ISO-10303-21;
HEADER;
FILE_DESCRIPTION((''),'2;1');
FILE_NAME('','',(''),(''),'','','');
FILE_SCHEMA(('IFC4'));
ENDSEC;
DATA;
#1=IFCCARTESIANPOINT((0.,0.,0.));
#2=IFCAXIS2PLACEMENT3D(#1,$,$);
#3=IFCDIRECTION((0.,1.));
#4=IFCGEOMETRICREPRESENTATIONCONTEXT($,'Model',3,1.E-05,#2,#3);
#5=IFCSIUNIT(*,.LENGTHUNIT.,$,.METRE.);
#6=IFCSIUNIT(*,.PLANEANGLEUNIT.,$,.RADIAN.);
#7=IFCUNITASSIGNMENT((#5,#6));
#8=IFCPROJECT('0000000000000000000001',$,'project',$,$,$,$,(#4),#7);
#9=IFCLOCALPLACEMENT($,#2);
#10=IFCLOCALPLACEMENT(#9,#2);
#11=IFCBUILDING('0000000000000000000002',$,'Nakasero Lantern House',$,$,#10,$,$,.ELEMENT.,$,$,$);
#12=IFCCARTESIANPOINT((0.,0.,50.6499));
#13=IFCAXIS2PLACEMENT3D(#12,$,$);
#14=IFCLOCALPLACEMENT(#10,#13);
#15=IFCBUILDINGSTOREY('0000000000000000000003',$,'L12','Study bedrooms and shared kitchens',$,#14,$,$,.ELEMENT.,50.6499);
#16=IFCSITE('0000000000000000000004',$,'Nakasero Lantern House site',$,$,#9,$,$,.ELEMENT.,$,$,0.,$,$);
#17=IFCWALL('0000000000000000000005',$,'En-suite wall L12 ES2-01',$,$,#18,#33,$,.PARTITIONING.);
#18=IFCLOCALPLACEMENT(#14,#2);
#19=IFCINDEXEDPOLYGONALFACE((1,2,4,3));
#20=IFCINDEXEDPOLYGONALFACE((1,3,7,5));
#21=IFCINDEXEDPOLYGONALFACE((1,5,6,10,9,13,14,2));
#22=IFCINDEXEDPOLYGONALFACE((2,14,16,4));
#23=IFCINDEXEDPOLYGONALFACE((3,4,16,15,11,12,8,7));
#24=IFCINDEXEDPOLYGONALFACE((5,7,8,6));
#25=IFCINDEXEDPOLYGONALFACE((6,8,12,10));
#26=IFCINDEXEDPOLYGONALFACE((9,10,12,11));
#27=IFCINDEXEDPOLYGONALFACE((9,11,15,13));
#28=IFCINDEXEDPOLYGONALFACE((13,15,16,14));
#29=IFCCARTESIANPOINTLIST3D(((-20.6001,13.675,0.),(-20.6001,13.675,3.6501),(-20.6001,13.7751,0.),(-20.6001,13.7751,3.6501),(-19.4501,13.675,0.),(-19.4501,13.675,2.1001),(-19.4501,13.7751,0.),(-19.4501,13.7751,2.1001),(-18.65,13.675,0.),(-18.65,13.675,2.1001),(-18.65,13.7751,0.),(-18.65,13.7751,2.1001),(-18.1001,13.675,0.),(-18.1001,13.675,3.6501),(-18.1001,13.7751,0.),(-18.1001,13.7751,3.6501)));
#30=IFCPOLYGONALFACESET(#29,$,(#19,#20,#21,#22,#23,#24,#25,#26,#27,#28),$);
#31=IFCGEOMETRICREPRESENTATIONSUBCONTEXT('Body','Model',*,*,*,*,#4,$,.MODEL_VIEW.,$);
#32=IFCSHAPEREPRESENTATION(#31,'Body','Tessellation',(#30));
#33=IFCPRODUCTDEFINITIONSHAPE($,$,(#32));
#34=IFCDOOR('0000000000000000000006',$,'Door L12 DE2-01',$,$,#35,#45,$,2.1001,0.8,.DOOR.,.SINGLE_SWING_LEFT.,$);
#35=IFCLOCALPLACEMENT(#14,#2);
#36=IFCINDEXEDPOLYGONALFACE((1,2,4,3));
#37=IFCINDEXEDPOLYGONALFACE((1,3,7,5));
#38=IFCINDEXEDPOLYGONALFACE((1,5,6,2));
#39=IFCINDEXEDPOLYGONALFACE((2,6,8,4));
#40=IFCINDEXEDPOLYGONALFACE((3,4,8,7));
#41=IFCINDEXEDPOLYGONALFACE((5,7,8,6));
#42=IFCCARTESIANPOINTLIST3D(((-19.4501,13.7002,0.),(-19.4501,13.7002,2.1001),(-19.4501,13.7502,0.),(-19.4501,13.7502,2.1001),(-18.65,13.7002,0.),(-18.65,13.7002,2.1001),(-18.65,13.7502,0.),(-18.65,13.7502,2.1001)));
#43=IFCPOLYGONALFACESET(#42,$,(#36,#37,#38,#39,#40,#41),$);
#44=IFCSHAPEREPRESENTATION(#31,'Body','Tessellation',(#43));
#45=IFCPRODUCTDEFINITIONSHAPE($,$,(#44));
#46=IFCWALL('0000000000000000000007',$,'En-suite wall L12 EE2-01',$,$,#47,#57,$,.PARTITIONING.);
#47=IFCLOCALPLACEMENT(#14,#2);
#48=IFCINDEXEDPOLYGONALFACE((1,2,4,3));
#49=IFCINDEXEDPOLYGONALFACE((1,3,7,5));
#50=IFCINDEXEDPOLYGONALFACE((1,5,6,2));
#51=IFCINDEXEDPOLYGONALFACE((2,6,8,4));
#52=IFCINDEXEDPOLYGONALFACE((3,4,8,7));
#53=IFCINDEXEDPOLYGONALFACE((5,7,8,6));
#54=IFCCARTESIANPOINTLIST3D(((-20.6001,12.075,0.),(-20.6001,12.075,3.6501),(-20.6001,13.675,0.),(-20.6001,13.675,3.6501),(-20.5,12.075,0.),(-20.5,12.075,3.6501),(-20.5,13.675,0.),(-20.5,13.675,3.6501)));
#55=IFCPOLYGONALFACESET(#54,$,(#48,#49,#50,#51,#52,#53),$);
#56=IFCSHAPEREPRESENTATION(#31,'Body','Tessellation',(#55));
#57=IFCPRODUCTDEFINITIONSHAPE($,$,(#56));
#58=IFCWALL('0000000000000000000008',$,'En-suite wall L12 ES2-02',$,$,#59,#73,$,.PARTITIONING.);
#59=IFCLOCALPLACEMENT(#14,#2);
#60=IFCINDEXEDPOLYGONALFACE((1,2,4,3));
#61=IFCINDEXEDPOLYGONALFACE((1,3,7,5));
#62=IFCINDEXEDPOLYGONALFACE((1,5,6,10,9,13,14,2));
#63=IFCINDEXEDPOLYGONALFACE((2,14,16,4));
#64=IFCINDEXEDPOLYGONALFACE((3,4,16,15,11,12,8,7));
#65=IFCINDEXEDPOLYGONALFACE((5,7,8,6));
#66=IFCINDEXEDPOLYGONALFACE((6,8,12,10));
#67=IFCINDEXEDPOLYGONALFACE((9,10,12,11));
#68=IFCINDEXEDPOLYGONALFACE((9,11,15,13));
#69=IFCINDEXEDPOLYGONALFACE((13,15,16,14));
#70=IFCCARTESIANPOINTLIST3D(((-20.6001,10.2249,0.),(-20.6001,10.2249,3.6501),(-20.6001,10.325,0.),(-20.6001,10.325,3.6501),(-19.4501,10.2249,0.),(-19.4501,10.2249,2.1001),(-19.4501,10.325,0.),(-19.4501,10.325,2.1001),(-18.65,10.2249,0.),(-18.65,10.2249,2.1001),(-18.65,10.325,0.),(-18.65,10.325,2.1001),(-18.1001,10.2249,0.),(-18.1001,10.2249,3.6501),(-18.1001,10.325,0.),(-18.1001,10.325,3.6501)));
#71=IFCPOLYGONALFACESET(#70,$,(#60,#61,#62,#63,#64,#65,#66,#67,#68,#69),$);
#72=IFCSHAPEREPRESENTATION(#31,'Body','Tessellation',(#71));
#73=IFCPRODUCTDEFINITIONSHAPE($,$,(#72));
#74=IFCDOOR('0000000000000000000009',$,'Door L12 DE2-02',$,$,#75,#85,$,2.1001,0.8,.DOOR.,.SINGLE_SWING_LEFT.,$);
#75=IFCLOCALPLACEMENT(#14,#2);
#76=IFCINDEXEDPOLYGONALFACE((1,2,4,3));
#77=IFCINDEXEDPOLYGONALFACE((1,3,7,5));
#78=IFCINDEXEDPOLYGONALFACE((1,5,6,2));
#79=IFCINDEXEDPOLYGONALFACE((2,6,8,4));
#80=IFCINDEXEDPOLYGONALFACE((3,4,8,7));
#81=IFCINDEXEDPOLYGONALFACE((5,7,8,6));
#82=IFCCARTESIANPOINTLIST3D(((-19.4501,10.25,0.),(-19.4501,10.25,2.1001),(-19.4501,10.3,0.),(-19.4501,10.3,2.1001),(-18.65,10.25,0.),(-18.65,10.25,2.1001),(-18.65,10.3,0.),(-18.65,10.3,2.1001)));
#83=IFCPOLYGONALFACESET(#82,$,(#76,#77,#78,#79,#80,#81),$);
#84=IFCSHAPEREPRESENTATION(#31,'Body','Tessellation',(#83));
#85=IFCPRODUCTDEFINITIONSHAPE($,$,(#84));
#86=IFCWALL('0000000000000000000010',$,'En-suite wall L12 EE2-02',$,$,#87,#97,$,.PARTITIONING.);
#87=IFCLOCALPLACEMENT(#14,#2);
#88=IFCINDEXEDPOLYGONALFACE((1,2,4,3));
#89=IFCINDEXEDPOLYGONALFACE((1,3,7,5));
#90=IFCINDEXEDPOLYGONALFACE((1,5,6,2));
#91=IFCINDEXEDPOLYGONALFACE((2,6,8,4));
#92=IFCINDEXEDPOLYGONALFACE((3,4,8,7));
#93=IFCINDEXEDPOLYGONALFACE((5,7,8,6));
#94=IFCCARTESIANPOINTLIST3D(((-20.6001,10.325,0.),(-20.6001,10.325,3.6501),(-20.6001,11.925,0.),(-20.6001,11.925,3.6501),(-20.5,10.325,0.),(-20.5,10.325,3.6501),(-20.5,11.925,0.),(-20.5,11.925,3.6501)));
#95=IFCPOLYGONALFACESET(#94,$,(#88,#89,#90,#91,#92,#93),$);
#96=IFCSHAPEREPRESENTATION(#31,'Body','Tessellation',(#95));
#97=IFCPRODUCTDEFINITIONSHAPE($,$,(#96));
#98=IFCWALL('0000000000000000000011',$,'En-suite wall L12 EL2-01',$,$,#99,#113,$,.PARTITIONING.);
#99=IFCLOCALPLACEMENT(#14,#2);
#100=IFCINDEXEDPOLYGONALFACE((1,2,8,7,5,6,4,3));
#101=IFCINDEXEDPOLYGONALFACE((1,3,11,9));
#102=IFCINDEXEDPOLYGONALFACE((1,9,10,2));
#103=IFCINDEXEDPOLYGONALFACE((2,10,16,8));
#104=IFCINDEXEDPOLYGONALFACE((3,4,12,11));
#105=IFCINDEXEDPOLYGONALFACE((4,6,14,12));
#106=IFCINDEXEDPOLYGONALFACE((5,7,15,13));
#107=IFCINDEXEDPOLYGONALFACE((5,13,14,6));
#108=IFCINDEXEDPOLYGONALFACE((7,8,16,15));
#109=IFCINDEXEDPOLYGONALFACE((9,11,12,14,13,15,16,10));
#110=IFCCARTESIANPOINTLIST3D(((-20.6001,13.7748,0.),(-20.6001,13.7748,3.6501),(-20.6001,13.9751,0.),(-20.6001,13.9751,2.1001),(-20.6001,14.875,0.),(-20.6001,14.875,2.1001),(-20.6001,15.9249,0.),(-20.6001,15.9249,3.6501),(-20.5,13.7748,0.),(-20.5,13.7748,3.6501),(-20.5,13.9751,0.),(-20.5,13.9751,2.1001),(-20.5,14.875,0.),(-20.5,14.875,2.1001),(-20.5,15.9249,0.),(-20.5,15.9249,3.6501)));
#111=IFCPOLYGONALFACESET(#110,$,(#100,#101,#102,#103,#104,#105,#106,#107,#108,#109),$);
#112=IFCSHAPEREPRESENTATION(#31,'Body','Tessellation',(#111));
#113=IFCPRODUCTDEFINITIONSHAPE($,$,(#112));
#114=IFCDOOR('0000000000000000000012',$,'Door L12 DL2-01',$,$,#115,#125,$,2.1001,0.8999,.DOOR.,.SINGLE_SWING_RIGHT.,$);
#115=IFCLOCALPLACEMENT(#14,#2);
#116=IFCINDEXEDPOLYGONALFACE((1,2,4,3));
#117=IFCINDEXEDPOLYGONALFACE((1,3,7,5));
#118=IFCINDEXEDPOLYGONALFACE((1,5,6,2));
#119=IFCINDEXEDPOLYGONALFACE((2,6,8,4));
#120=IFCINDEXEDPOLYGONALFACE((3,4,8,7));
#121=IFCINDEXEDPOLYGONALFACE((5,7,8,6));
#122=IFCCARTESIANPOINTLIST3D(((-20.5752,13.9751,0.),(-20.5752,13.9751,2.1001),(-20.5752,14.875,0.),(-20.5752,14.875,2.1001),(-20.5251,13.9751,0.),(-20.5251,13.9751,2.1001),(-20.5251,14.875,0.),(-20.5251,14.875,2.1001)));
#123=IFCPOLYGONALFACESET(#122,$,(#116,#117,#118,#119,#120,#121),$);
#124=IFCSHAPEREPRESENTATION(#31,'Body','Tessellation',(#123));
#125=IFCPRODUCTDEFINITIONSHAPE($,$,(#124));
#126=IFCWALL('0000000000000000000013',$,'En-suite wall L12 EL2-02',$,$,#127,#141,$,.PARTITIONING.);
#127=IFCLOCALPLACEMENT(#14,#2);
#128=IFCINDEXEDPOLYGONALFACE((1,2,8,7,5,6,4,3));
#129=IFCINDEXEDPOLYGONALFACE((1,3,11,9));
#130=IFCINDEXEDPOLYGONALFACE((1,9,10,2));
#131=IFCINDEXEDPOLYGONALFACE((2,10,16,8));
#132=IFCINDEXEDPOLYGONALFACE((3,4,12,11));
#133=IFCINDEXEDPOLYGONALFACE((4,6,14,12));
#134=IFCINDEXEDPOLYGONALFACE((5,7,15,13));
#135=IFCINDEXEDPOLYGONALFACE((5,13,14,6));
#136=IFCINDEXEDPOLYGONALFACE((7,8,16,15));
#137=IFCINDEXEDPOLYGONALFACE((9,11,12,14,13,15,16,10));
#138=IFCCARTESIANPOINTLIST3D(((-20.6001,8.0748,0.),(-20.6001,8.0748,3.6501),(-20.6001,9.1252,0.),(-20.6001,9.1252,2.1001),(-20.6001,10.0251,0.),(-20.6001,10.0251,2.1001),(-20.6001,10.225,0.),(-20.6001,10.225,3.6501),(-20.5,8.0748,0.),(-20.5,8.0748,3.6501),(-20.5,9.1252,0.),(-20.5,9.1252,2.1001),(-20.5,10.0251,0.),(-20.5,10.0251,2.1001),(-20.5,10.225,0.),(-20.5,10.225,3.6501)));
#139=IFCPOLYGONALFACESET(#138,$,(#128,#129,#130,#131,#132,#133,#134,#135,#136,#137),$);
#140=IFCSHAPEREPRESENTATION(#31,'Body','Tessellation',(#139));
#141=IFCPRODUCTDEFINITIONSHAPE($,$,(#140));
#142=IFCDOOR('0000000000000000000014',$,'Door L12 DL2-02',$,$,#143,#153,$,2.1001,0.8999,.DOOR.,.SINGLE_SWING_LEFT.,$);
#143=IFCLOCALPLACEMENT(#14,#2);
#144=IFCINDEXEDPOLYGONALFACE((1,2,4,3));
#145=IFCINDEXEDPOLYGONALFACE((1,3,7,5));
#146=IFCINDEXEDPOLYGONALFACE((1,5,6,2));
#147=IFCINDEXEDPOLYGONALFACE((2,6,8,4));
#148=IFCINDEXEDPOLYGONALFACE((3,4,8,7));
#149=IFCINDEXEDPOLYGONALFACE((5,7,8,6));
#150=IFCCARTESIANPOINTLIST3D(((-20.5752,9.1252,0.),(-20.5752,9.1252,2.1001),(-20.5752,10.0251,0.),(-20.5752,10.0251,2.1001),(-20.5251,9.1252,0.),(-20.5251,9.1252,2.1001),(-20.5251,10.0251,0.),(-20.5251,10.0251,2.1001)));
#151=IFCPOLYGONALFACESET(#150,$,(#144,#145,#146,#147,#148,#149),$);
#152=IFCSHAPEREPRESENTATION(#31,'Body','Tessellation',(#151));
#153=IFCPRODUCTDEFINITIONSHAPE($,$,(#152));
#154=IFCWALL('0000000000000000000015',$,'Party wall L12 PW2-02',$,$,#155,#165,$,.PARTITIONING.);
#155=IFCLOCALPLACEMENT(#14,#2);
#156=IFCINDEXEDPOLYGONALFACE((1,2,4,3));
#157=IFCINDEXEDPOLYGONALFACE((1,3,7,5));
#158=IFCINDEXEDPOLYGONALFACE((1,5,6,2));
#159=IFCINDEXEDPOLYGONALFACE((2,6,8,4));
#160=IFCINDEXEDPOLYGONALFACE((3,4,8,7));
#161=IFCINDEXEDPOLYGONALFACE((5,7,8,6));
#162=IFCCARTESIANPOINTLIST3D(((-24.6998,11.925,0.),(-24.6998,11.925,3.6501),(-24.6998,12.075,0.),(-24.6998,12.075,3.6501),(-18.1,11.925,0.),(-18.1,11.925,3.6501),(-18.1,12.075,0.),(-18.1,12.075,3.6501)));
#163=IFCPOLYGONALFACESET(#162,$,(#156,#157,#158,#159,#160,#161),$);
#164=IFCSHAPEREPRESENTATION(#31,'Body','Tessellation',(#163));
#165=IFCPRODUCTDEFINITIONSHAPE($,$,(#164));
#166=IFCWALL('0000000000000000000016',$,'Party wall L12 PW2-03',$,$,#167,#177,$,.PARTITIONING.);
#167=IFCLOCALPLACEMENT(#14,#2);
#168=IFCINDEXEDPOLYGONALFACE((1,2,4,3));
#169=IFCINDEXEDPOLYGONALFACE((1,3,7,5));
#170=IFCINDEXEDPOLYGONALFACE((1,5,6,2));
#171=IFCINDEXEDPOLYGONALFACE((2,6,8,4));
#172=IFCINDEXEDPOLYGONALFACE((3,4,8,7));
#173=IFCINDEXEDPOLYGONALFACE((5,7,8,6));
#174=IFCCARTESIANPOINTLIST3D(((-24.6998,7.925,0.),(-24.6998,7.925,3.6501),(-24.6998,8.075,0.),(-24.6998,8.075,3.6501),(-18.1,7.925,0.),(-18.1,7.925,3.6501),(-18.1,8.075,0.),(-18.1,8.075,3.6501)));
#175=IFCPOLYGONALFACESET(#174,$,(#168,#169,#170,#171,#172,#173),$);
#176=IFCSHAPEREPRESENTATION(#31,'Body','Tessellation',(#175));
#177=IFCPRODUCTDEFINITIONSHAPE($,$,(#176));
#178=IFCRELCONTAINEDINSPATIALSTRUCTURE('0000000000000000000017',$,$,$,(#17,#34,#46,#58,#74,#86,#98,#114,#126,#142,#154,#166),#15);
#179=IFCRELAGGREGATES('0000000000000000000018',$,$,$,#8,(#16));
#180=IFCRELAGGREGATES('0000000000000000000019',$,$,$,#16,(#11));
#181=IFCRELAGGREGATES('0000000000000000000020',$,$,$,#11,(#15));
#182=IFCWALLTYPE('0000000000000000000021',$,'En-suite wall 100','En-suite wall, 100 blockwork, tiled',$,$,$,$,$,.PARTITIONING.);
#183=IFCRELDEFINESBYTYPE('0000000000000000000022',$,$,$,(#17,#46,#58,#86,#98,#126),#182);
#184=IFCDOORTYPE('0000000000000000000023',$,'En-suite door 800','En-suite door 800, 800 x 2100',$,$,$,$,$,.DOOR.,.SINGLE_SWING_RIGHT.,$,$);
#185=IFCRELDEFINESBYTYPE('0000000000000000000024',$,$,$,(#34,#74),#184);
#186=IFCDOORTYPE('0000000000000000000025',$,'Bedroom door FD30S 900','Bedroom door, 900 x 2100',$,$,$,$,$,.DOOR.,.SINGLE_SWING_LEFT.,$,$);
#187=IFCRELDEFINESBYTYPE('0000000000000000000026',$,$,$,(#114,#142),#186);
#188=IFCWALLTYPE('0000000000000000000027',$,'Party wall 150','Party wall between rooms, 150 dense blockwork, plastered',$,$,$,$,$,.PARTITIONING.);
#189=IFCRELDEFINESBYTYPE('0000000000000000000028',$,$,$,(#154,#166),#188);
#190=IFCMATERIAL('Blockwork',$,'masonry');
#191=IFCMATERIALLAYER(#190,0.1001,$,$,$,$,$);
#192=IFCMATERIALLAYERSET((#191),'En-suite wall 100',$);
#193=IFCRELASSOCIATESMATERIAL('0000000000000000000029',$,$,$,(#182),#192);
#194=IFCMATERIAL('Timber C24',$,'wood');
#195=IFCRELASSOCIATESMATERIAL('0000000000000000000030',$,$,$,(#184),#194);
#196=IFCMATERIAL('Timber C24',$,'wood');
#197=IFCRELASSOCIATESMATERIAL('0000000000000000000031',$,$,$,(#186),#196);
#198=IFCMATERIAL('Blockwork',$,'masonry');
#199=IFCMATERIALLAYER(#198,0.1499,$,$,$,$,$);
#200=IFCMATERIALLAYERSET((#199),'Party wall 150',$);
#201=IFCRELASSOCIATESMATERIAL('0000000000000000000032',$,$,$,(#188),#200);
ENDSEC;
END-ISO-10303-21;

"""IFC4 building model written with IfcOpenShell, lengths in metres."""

from ifc_helpers import new_model, si_unit, direction, frame, frame_2d, origin, place, context, subcontext, project, spatial, rectangle, extrude, material, layer, layer_set, type_object, element, fill, save


model = new_model("IFC4")

# Units and contexts
model_context = context("Model", 3, precision=1e-05, world=origin(), true_north=direction((0.0, 1.0)))
body_context = subcontext(model_context, "Body", "Model", "MODEL_VIEW")
ifc_project = project(units=[si_unit("LENGTHUNIT", "METRE"), si_unit("PLANEANGLEUNIT", "RADIAN")], contexts=[model_context])

# Site, building, storey
site_placement = place(None, origin())
site = spatial("IfcSite", under=ifc_project, at=site_placement, Name="Nakasero Lantern House site", CompositionType="ELEMENT", RefElevation=0.0)
building_placement = place(site_placement, origin())
building = spatial("IfcBuilding", under=site, at=building_placement, Name="Nakasero Lantern House", CompositionType="ELEMENT")
storey_placement = place(building_placement, frame((0.0, 0.0, 50.6499)))
storey = spatial("IfcBuildingStorey", under=building, at=storey_placement, Name="L12", Description="Study bedrooms and shared kitchens", CompositionType="ELEMENT", Elevation=50.6499)

# Wall, opening, door
ifc_material_1 = material(Name="Blockwork", Category="masonry")
ifc_layer_1 = layer(ifc_material_1, 0.1001)
ifc_layer_set_1 = layer_set([ifc_layer_1], Name="En-suite wall 100")
wall_type_1 = type_object("IfcWallType", Name="En-suite wall 100", Description="En-suite wall, 100 blockwork, tiled", PredefinedType="PARTITIONING", material=ifc_layer_set_1)
wall_1_placement = place(storey_placement, frame((-18.1001, 13.7251, 0.0), z_axis=(0.0, 0.0, 1.0), x_axis=(-1.0, 0.0, 0.0)))
wall_1 = element("IfcWall", 1, at=wall_1_placement, inside=storey, type_object=wall_type_1, Name="En-suite wall L12 ES2-01", PredefinedType="PARTITIONING", context=body_context, shape_type="SweptSolid", body=[
    extrude(rectangle(XDim=2.5, YDim=0.1001, at=frame_2d((1.25, 0.0))), origin(), (0.0, 0.0, 1.0), 3.6501),
])
opening_1_placement = place(wall_1_placement, frame((0.55, 0.0, 0.0)))
opening_1 = element("IfcOpeningElement", 2, at=opening_1_placement, cuts=wall_1, PredefinedType="OPENING", context=body_context, shape_type="SweptSolid", body=[
    extrude(rectangle(XDim=0.8, YDim=2.1001, at=frame_2d((0.3999, 1.05))), frame((0.0, 0.0701, 0.0), z_axis=(0.0, -1.0, 0.0), x_axis=(1.0, 0.0, 0.0)), (0.0, 0.0, 1.0), 0.1401),
])
ifc_material_2 = material(Name="Timber C24", Category="wood")
door_type_1 = type_object("IfcDoorType", Name="En-suite door 800", Description="En-suite door 800, 800 x 2100", OperationType="SINGLE_SWING_RIGHT", PredefinedType="DOOR", material=ifc_material_2)
door_1_placement = place(opening_1_placement, origin())
door_1 = element("IfcDoor", 3, at=door_1_placement, inside=storey, type_object=door_type_1, Name="Door L12 DE2-01", OperationType="SINGLE_SWING_LEFT", OverallHeight=2.1001, OverallWidth=0.8, PredefinedType="DOOR", context=body_context, shape_type="SweptSolid", body=[
    extrude(rectangle(XDim=0.8, YDim=2.1001, at=frame_2d((0.3999, 1.05))), frame((0.0, 0.0249, 0.0), z_axis=(0.0, -1.0, 0.0), x_axis=(1.0, 0.0, 0.0)), (0.0, 0.0, 1.0), 0.05),
])
fill(opening_1, door_1)

# Wall
wall_2_placement = place(storey_placement, frame((-20.55, 13.675, 0.0), z_axis=(0.0, 0.0, 1.0), x_axis=(0.0, -1.0, 0.0)))
element("IfcWall", 4, at=wall_2_placement, inside=storey, type_object=wall_type_1, Name="En-suite wall L12 EE2-01", PredefinedType="PARTITIONING", context=body_context, shape_type="SweptSolid", body=[
    extrude(rectangle(XDim=1.6001, YDim=0.1001, at=frame_2d((0.8, 0.0))), origin(), (0.0, 0.0, 1.0), 3.6501),
])

# Wall, opening, door
wall_3_placement = place(storey_placement, frame((-18.1001, 10.2749, 0.0), z_axis=(0.0, 0.0, 1.0), x_axis=(-1.0, 0.0, 0.0)))
wall_3 = element("IfcWall", 5, at=wall_3_placement, inside=storey, type_object=wall_type_1, Name="En-suite wall L12 ES2-02", PredefinedType="PARTITIONING", context=body_context, shape_type="SweptSolid", body=[
    extrude(rectangle(XDim=2.5, YDim=0.1001, at=frame_2d((1.25, 0.0))), origin(), (0.0, 0.0, 1.0), 3.6501),
])
opening_2_placement = place(wall_3_placement, frame((0.55, 0.0, 0.0)))
opening_2 = element("IfcOpeningElement", 6, at=opening_2_placement, cuts=wall_3, PredefinedType="OPENING", context=body_context, shape_type="SweptSolid", body=[
    extrude(rectangle(XDim=0.8, YDim=2.1001, at=frame_2d((0.3999, 1.05))), frame((0.0, 0.0701, 0.0), z_axis=(0.0, -1.0, 0.0), x_axis=(1.0, 0.0, 0.0)), (0.0, 0.0, 1.0), 0.1401),
])
door_2_placement = place(opening_2_placement, origin())
door_2 = element("IfcDoor", 7, at=door_2_placement, inside=storey, type_object=door_type_1, Name="Door L12 DE2-02", OperationType="SINGLE_SWING_LEFT", OverallHeight=2.1001, OverallWidth=0.8, PredefinedType="DOOR", context=body_context, shape_type="SweptSolid", body=[
    extrude(rectangle(XDim=0.8, YDim=2.1001, at=frame_2d((0.3999, 1.05))), frame((0.0, 0.0249, 0.0), z_axis=(0.0, -1.0, 0.0), x_axis=(1.0, 0.0, 0.0)), (0.0, 0.0, 1.0), 0.05),
])
fill(opening_2, door_2)

# Wall
wall_4_placement = place(storey_placement, frame((-20.55, 11.925, 0.0), z_axis=(0.0, 0.0, 1.0), x_axis=(0.0, -1.0, 0.0)))
element("IfcWall", 8, at=wall_4_placement, inside=storey, type_object=wall_type_1, Name="En-suite wall L12 EE2-02", PredefinedType="PARTITIONING", context=body_context, shape_type="SweptSolid", body=[
    extrude(rectangle(XDim=1.6001, YDim=0.1001, at=frame_2d((0.8, 0.0))), origin(), (0.0, 0.0, 1.0), 3.6501),
])

# Walls, openings, doors
wall_5_placement = place(storey_placement, frame((-20.55, 15.925, 0.0), z_axis=(0.0, 0.0, 1.0), x_axis=(0.0, -1.0, 0.0)))
wall_5 = element("IfcWall", 9, at=wall_5_placement, inside=storey, type_object=wall_type_1, Name="En-suite wall L12 EL2-01", PredefinedType="PARTITIONING", context=body_context, shape_type="SweptSolid", body=[
    extrude(rectangle(XDim=2.1501, YDim=0.1001, at=frame_2d((1.0752, 0.0))), origin(), (0.0, 0.0, 1.0), 3.6501),
])
opening_3_placement = place(wall_5_placement, frame((1.05, 0.0, 0.0)))
opening_3 = element("IfcOpeningElement", 10, at=opening_3_placement, cuts=wall_5, PredefinedType="OPENING", context=body_context, shape_type="SweptSolid", body=[
    extrude(rectangle(XDim=0.8999, YDim=2.1001, at=frame_2d((0.45, 1.05))), frame((0.0, 0.0701, 0.0), z_axis=(0.0, -1.0, 0.0), x_axis=(1.0, 0.0, 0.0)), (0.0, 0.0, 1.0), 0.1401),
])
ifc_material_3 = material(Name="Timber C24", Category="wood")
door_type_2 = type_object("IfcDoorType", Name="Bedroom door FD30S 900", Description="Bedroom door, 900 x 2100", OperationType="SINGLE_SWING_LEFT", PredefinedType="DOOR", material=ifc_material_3)
door_3_placement = place(opening_3_placement, origin())
door_3 = element("IfcDoor", 11, at=door_3_placement, inside=storey, type_object=door_type_2, Name="Door L12 DL2-01", OperationType="SINGLE_SWING_RIGHT", OverallHeight=2.1001, OverallWidth=0.8999, PredefinedType="DOOR", context=body_context, shape_type="SweptSolid", body=[
    extrude(rectangle(XDim=0.8999, YDim=2.1001, at=frame_2d((0.45, 1.05))), frame((0.0, 0.0249, 0.0), z_axis=(0.0, -1.0, 0.0), x_axis=(1.0, 0.0, 0.0)), (0.0, 0.0, 1.0), 0.05),
])
fill(opening_3, door_3)
wall_6_placement = place(storey_placement, frame((-20.55, 10.2251, 0.0), z_axis=(0.0, 0.0, 1.0), x_axis=(0.0, -1.0, 0.0)))
wall_6 = element("IfcWall", 12, at=wall_6_placement, inside=storey, type_object=wall_type_1, Name="En-suite wall L12 EL2-02", PredefinedType="PARTITIONING", context=body_context, shape_type="SweptSolid", body=[
    extrude(rectangle(XDim=2.1501, YDim=0.1001, at=frame_2d((1.0752, 0.0))), origin(), (0.0, 0.0, 1.0), 3.6501),
])
opening_4_placement = place(wall_6_placement, frame((0.2, 0.0, 0.0)))
opening_4 = element("IfcOpeningElement", 13, at=opening_4_placement, cuts=wall_6, PredefinedType="OPENING", context=body_context, shape_type="SweptSolid", body=[
    extrude(rectangle(XDim=0.8999, YDim=2.1001, at=frame_2d((0.45, 1.05))), frame((0.0, 0.0701, 0.0), z_axis=(0.0, -1.0, 0.0), x_axis=(1.0, 0.0, 0.0)), (0.0, 0.0, 1.0), 0.1401),
])
door_4_placement = place(opening_4_placement, origin())
door_4 = element("IfcDoor", 14, at=door_4_placement, inside=storey, type_object=door_type_2, Name="Door L12 DL2-02", OperationType="SINGLE_SWING_LEFT", OverallHeight=2.1001, OverallWidth=0.8999, PredefinedType="DOOR", context=body_context, shape_type="SweptSolid", body=[
    extrude(rectangle(XDim=0.8999, YDim=2.1001, at=frame_2d((0.45, 1.05))), frame((0.0, 0.0249, 0.0), z_axis=(0.0, -1.0, 0.0), x_axis=(1.0, 0.0, 0.0)), (0.0, 0.0, 1.0), 0.05),
])
fill(opening_4, door_4)

# Walls
ifc_material_4 = material(Name="Blockwork", Category="masonry")
ifc_layer_2 = layer(ifc_material_4, 0.1499)
ifc_layer_set_2 = layer_set([ifc_layer_2], Name="Party wall 150")
wall_type_2 = type_object("IfcWallType", Name="Party wall 150", Description="Party wall between rooms, 150 dense blockwork, plastered", PredefinedType="PARTITIONING", material=ifc_layer_set_2)
for number, where, z_axis, x_axis, name in (
    (15, (-18.1001, 12.0, 0.0), (0.0, 0.0, 1.0), (-1.0, 0.0, 0.0), "Party wall L12 PW2-02"),
    (16, (-18.1001, 8.0, 0.0), (0.0, 0.0, 1.0), (-1.0, 0.0, 0.0), "Party wall L12 PW2-03"),
):
    element("IfcWall", number, at=place(storey_placement, frame(where, z_axis=z_axis, x_axis=x_axis)), inside=storey, type_object=wall_type_2, Name=name, PredefinedType="PARTITIONING", context=body_context, shape_type="SweptSolid", body=[
        extrude(rectangle(XDim=6.5999, YDim=0.1499, at=frame_2d((3.2998, 0.0))), origin(), (0.0, 0.0, 1.0), 3.6501),
    ])

save(model, "model.ifc")
